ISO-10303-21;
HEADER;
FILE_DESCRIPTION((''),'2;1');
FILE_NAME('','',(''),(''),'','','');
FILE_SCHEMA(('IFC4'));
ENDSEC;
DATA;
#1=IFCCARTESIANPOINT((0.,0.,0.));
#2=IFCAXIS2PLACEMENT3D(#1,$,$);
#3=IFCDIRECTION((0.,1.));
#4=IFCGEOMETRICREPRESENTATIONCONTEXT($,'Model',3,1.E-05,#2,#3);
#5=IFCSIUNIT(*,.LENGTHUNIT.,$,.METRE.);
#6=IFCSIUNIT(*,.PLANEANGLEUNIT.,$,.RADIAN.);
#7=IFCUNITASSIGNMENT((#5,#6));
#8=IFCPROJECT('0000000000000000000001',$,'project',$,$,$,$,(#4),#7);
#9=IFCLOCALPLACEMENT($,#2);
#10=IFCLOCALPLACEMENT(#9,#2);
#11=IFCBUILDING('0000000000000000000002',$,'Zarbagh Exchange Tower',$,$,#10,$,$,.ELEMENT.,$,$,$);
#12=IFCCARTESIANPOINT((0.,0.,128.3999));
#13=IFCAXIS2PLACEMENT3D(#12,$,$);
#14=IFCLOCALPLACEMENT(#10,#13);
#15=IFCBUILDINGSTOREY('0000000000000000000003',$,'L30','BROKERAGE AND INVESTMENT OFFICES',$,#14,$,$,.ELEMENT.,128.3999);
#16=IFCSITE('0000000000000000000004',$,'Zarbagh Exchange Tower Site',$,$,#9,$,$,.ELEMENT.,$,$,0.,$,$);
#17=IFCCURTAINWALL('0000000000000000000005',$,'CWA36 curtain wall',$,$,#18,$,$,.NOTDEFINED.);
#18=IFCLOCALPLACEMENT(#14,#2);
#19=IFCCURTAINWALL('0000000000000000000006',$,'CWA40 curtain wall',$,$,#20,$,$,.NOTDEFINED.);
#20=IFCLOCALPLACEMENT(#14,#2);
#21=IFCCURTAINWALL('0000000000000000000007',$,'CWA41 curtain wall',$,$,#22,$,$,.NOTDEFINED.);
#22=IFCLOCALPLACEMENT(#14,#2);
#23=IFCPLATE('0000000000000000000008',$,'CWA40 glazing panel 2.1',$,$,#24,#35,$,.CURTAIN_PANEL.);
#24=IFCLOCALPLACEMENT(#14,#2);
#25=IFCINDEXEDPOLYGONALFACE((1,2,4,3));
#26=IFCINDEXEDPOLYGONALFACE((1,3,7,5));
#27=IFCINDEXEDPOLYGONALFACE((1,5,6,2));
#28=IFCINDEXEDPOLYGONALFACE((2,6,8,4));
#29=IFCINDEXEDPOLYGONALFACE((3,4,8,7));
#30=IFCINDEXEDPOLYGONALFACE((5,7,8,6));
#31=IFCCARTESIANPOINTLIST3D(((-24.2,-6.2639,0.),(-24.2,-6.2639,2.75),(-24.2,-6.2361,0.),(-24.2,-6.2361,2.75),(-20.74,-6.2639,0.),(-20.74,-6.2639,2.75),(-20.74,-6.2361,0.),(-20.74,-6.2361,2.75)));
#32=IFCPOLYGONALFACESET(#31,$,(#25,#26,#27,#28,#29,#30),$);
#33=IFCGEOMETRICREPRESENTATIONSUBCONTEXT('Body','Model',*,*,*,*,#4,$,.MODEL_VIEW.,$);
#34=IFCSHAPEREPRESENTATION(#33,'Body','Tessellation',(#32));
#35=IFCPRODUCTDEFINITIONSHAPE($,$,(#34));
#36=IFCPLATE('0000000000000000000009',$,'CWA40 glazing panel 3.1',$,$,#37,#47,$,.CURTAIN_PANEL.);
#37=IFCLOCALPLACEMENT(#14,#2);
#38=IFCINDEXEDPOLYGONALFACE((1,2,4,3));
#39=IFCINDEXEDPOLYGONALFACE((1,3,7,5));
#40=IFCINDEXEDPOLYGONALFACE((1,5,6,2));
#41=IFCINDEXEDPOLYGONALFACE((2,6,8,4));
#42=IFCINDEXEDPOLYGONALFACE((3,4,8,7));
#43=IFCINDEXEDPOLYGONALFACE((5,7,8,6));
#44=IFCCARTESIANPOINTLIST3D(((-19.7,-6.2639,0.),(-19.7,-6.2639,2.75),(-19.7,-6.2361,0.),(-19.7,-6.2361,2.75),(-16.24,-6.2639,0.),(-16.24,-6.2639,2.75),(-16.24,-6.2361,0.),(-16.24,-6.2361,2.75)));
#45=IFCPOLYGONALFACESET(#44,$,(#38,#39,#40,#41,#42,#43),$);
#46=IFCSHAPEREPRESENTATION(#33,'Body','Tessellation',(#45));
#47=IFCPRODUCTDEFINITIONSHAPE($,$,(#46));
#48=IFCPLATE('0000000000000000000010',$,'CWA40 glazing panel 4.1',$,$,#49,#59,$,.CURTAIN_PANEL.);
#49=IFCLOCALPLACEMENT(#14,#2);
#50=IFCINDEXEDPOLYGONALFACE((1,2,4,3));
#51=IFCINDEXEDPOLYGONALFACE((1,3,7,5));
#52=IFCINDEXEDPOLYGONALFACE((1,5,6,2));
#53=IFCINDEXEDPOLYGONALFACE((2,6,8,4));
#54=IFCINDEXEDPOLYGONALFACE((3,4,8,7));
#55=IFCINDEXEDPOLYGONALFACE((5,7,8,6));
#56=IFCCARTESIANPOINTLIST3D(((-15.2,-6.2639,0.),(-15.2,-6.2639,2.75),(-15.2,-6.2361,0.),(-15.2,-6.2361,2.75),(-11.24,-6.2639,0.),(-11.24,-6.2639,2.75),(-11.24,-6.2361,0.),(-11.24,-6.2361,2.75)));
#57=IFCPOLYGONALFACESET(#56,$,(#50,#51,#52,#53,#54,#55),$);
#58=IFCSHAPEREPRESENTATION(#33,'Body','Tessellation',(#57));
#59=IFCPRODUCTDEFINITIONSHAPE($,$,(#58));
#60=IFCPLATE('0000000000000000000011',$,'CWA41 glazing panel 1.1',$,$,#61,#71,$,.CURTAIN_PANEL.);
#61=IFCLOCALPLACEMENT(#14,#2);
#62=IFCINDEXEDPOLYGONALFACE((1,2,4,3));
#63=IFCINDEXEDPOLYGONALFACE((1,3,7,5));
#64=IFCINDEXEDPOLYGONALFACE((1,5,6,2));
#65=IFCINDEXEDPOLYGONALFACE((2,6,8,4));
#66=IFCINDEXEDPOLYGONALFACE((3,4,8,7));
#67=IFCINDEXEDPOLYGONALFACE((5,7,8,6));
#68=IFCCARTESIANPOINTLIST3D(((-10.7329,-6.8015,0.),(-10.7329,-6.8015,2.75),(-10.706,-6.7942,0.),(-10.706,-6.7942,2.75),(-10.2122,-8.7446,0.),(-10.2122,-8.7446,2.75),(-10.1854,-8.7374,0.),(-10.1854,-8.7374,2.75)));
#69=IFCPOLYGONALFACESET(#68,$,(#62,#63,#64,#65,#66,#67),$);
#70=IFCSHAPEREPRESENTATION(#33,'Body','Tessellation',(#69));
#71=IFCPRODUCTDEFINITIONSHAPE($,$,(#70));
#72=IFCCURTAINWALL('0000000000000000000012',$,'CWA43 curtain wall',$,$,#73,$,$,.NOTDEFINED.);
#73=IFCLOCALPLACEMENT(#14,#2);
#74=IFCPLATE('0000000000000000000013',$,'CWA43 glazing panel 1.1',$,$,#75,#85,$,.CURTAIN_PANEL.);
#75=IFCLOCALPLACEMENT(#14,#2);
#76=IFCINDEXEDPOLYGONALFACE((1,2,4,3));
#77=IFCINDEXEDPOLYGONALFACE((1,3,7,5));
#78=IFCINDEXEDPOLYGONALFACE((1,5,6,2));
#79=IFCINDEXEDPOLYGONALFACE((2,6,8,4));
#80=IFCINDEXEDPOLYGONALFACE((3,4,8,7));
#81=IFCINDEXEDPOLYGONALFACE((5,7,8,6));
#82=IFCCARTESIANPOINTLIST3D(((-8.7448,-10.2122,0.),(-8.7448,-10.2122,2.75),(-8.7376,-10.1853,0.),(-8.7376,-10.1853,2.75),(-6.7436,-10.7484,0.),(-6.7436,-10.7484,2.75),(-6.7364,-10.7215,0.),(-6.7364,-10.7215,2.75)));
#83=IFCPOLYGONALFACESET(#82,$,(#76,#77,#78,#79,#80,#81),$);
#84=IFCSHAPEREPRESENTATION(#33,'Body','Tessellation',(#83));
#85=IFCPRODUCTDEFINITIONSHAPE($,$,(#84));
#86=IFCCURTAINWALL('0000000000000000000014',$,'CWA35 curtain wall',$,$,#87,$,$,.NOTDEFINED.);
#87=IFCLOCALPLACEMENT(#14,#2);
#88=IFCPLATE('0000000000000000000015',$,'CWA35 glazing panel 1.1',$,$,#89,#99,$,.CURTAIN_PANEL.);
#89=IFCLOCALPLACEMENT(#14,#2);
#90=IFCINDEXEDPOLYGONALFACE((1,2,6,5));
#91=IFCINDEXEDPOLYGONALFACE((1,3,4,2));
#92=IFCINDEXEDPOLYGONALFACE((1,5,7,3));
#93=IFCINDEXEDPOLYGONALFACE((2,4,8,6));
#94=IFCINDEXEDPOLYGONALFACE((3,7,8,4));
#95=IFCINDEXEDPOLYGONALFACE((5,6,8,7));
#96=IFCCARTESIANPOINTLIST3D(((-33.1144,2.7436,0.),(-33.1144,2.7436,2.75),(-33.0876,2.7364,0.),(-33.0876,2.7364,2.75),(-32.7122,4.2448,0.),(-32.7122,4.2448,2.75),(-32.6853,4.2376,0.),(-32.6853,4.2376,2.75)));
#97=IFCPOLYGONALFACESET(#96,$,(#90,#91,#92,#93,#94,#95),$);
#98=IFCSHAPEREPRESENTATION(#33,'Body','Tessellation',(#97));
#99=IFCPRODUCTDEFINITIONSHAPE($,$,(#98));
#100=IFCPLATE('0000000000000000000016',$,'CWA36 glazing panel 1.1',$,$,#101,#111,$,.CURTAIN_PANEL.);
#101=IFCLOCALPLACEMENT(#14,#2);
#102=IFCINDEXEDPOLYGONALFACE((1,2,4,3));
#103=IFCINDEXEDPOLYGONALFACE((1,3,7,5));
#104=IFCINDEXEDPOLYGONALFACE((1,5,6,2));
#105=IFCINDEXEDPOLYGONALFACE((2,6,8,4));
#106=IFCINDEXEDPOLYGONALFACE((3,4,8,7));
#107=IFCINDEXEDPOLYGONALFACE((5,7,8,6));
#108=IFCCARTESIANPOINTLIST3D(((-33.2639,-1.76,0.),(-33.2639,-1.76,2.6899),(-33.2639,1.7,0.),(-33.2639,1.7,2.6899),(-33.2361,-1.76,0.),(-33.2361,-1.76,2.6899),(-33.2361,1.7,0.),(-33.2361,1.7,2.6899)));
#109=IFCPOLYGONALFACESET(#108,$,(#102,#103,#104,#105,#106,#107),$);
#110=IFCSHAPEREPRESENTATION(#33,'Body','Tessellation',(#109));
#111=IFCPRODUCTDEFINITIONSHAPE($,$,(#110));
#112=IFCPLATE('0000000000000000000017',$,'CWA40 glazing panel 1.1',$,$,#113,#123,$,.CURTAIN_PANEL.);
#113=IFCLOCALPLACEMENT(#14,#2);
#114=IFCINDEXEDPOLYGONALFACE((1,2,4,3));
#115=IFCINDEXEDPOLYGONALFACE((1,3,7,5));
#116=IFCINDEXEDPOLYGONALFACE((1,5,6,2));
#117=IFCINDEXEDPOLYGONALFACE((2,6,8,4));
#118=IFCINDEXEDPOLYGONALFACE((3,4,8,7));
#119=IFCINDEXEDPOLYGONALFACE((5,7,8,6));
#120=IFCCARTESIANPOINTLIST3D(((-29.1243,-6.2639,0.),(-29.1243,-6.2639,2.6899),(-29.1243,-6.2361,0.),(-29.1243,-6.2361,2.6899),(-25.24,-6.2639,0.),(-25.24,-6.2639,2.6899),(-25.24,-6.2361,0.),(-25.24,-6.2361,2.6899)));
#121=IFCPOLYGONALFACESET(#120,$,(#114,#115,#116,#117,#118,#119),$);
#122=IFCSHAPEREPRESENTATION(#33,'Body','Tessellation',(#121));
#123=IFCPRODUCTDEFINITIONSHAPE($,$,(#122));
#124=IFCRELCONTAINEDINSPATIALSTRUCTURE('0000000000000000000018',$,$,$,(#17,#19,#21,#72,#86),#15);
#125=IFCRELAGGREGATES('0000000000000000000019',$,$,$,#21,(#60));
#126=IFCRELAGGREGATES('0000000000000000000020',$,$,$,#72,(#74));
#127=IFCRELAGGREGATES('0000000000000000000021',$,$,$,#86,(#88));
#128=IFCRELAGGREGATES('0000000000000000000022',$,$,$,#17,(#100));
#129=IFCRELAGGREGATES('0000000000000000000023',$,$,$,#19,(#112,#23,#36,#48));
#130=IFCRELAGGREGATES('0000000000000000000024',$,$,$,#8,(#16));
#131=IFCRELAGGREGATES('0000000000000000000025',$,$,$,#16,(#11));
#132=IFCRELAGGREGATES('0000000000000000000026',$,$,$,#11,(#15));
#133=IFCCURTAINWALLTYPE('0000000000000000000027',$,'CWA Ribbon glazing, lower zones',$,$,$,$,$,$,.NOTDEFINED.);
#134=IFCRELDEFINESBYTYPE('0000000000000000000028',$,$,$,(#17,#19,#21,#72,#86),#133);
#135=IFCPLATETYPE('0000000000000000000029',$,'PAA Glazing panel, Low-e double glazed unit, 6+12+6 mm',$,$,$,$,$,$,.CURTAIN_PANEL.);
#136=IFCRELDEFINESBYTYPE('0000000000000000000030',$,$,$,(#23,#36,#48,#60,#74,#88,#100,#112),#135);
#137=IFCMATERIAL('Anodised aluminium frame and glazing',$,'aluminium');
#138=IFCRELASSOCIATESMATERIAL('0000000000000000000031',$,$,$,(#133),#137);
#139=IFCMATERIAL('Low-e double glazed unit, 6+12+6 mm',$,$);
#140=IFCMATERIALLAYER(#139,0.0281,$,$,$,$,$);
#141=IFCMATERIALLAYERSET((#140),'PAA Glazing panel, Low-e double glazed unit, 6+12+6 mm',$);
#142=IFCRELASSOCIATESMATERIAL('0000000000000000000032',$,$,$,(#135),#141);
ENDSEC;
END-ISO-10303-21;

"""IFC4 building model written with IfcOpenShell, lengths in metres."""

from ifc_helpers import new_model, si_unit, direction, frame, origin, place, context, subcontext, project, spatial, polyline, outline, extrude, source, transform, mapped, material, layer, layer_set, type_object, element, aggregate, save


model = new_model("IFC4")

# Units and contexts
model_context = context("Model", 3, precision=1e-05, world=origin(), true_north=direction((0.0, 1.0)))
body_context = subcontext(model_context, "Body", "Model", "MODEL_VIEW")
ifc_project = project(units=[si_unit("LENGTHUNIT", "METRE"), si_unit("PLANEANGLEUNIT", "RADIAN")], contexts=[model_context])

# Site, building, storey
site_placement = place(None, origin())
site = spatial("IfcSite", under=ifc_project, at=site_placement, Name="Zarbagh Exchange Tower Site", CompositionType="ELEMENT", RefElevation=0.0)
building_placement = place(site_placement, origin())
building = spatial("IfcBuilding", under=site, at=building_placement, Name="Zarbagh Exchange Tower", CompositionType="ELEMENT")
storey_placement = place(building_placement, frame((0.0, 0.0, 128.3999)))
storey = spatial("IfcBuildingStorey", under=building, at=storey_placement, Name="L30", Description="BROKERAGE AND INVESTMENT OFFICES", CompositionType="ELEMENT", Elevation=128.3999)

# Curtain wall
ifc_material_1 = material(Name="Anodised aluminium frame and glazing", Category="aluminium")
curtain_wall_type = type_object("IfcCurtainWallType", Name="CWA Ribbon glazing, lower zones", PredefinedType="NOTDEFINED", material=ifc_material_1)
curtain_wall_1_placement = place(storey_placement, origin())
curtain_wall_1 = element("IfcCurtainWall", 1, at=curtain_wall_1_placement, inside=storey, type_object=curtain_wall_type, Name="CWA36 curtain wall", PredefinedType="NOTDEFINED")
placement = place(storey_placement, origin())

# Curtain wall
curtain_wall_2_placement = place(storey_placement, origin())
curtain_wall_2 = element("IfcCurtainWall", 2, at=curtain_wall_2_placement, inside=storey, type_object=curtain_wall_type, Name="CWA40 curtain wall", PredefinedType="NOTDEFINED")

# Curtain wall
curtain_wall_3_placement = place(storey_placement, origin())
curtain_wall_3 = element("IfcCurtainWall", 3, at=curtain_wall_3_placement, inside=storey, type_object=curtain_wall_type, Name="CWA41 curtain wall", PredefinedType="NOTDEFINED")

# Shared definitions
ifc_material_2 = material(Name="Low-e double glazed unit, 6+12+6 mm")
ifc_layer = layer(ifc_material_2, 0.0281)
ifc_layer_set = layer_set([ifc_layer], Name="PAA Glazing panel, Low-e double glazed unit, 6+12+6 mm")
plate_type = type_object("IfcPlateType", Name="PAA Glazing panel, Low-e double glazed unit, 6+12+6 mm", PredefinedType="CURTAIN_PANEL", material=ifc_layer_set)

# Plates
shared_shape_1 = source(origin(), body_context, "Body", "SweptSolid", [
    extrude(outline(polyline([(0.0, -0.0139), (3.46, -0.0139), (3.46, 0.0139), (0.0, 0.0139), (0.0, -0.0139)])), origin(), (0.0, 0.0, 1.0), 2.75),
])
plate_1 = element("IfcPlate", 4, at=placement, type_object=plate_type, Name="CWA40 glazing panel 2.1", PredefinedType="CURTAIN_PANEL", context=body_context, shape_type="MappedRepresentation", body=[
    mapped(shared_shape_1, transform((-24.2, -6.25, 0.0), x_axis=(1.0, 0.0, 0.0), y_axis=(0.0, 1.0, 0.0), z_axis=(0.0, 0.0, 1.0))),
])
plate_2 = element("IfcPlate", 5, at=placement, type_object=plate_type, Name="CWA40 glazing panel 3.1", PredefinedType="CURTAIN_PANEL", context=body_context, shape_type="MappedRepresentation", body=[
    mapped(shared_shape_1, transform((-19.7, -6.25, 0.0), x_axis=(1.0, 0.0, 0.0), y_axis=(0.0, 1.0, 0.0), z_axis=(0.0, 0.0, 1.0))),
])
shared_shape_2 = source(origin(), body_context, "Body", "SweptSolid", [
    extrude(outline(polyline([(0.0, -0.0139), (3.96, -0.0139), (3.96, 0.0139), (0.0, 0.0139), (0.0, -0.0139)])), origin(), (0.0, 0.0, 1.0), 2.75),
])
plate_3 = element("IfcPlate", 6, at=placement, type_object=plate_type, Name="CWA40 glazing panel 4.1", PredefinedType="CURTAIN_PANEL", context=body_context, shape_type="MappedRepresentation", body=[
    mapped(shared_shape_2, transform((-15.2, -6.25, 0.0), x_axis=(1.0, 0.0, 0.0), y_axis=(0.0, 1.0, 0.0), z_axis=(0.0, 0.0, 1.0))),
])
shared_shape_3 = source(origin(), body_context, "Body", "SweptSolid", [
    extrude(outline(polyline([(0.0, -0.0139), (2.0117, -0.0139), (2.0117, 0.0139), (0.0, 0.0139), (0.0, -0.0139)])), origin(), (0.0, 0.0, 1.0), 2.75),
])
plate_4 = element("IfcPlate", 7, at=placement, type_object=plate_type, Name="CWA41 glazing panel 1.1", PredefinedType="CURTAIN_PANEL", context=body_context, shape_type="MappedRepresentation", body=[
    mapped(shared_shape_3, transform((-10.7195, -6.7979, 0.0), x_axis=(0.258825, -0.965924, 0.0), y_axis=(0.965924, 0.258825, 0.0), z_axis=(0.0, 0.0, 1.0))),
])
aggregate(curtain_wall_3, [plate_4])

# Curtain walls, plates
curtain_wall_4_placement = place(storey_placement, origin())
curtain_wall_4 = element("IfcCurtainWall", 8, at=curtain_wall_4_placement, inside=storey, type_object=curtain_wall_type, Name="CWA43 curtain wall", PredefinedType="NOTDEFINED")
shared_shape_4 = source(origin(), body_context, "Body", "SweptSolid", [
    extrude(outline(polyline([(0.0, -0.0139), (2.0718, -0.0139), (2.0718, 0.0139), (0.0, 0.0139), (0.0, -0.0139)])), origin(), (0.0, 0.0, 1.0), 2.75),
])
plate_5 = element("IfcPlate", 9, at=placement, type_object=plate_type, Name="CWA43 glazing panel 1.1", PredefinedType="CURTAIN_PANEL", context=body_context, shape_type="MappedRepresentation", body=[
    mapped(shared_shape_4, transform((-8.7412, -10.1987, 0.0), x_axis=(0.965924, -0.258825, 0.0), y_axis=(0.258825, 0.965924, 0.0), z_axis=(0.0, 0.0, 1.0))),
])
aggregate(curtain_wall_4, [plate_5])
curtain_wall_5_placement = place(storey_placement, origin())
curtain_wall_5 = element("IfcCurtainWall", 10, at=curtain_wall_5_placement, inside=storey, type_object=curtain_wall_type, Name="CWA35 curtain wall", PredefinedType="NOTDEFINED")
shared_shape_5 = source(origin(), body_context, "Body", "SweptSolid", [
    extrude(outline(polyline([(0.0, -0.0139), (1.5542, -0.0139), (1.5542, 0.0139), (0.0, 0.0139), (0.0, -0.0139)])), origin(), (0.0, 0.0, 1.0), 2.75),
])
plate_6 = element("IfcPlate", 11, at=placement, type_object=plate_type, Name="CWA35 glazing panel 1.1", PredefinedType="CURTAIN_PANEL", context=body_context, shape_type="MappedRepresentation", body=[
    mapped(shared_shape_5, transform((-32.6987, 4.2412, 0.0), x_axis=(-0.258825, -0.965924, 0.0), y_axis=(0.965924, -0.258825, 0.0), z_axis=(0.0, 0.0, 1.0))),
])
aggregate(curtain_wall_5, [plate_6])

# Plates
shared_shape_6 = source(origin(), body_context, "Body", "SweptSolid", [
    extrude(outline(polyline([(0.0, -0.0139), (3.46, -0.0139), (3.46, 0.0139), (0.0, 0.0139), (0.0, -0.0139)])), origin(), (0.0, 0.0, 1.0), 2.6899),
])
plate_7 = element("IfcPlate", 12, at=placement, type_object=plate_type, Name="CWA36 glazing panel 1.1", PredefinedType="CURTAIN_PANEL", context=body_context, shape_type="MappedRepresentation", body=[
    mapped(shared_shape_6, transform((-33.25, 1.7, 0.0), x_axis=(0.0, -1.0, 0.0), y_axis=(1.0, 0.0, 0.0), z_axis=(0.0, 0.0, 1.0))),
])
aggregate(curtain_wall_1, [plate_7])
shared_shape_7 = source(origin(), body_context, "Body", "SweptSolid", [
    extrude(outline(polyline([(0.0, -0.0139), (3.8843, -0.0139), (3.8843, 0.0139), (0.0, 0.0139), (0.0, -0.0139)])), origin(), (0.0, 0.0, 1.0), 2.6899),
])
plate_8 = element("IfcPlate", 13, at=placement, type_object=plate_type, Name="CWA40 glazing panel 1.1", PredefinedType="CURTAIN_PANEL", context=body_context, shape_type="MappedRepresentation", body=[
    mapped(shared_shape_7, transform((-29.1243, -6.25, 0.0), x_axis=(1.0, 0.0, 0.0), y_axis=(0.0, 1.0, 0.0), z_axis=(0.0, 0.0, 1.0))),
])
aggregate(curtain_wall_2, [plate_8, plate_1, plate_2, plate_3])

save(model, "model.ifc")
